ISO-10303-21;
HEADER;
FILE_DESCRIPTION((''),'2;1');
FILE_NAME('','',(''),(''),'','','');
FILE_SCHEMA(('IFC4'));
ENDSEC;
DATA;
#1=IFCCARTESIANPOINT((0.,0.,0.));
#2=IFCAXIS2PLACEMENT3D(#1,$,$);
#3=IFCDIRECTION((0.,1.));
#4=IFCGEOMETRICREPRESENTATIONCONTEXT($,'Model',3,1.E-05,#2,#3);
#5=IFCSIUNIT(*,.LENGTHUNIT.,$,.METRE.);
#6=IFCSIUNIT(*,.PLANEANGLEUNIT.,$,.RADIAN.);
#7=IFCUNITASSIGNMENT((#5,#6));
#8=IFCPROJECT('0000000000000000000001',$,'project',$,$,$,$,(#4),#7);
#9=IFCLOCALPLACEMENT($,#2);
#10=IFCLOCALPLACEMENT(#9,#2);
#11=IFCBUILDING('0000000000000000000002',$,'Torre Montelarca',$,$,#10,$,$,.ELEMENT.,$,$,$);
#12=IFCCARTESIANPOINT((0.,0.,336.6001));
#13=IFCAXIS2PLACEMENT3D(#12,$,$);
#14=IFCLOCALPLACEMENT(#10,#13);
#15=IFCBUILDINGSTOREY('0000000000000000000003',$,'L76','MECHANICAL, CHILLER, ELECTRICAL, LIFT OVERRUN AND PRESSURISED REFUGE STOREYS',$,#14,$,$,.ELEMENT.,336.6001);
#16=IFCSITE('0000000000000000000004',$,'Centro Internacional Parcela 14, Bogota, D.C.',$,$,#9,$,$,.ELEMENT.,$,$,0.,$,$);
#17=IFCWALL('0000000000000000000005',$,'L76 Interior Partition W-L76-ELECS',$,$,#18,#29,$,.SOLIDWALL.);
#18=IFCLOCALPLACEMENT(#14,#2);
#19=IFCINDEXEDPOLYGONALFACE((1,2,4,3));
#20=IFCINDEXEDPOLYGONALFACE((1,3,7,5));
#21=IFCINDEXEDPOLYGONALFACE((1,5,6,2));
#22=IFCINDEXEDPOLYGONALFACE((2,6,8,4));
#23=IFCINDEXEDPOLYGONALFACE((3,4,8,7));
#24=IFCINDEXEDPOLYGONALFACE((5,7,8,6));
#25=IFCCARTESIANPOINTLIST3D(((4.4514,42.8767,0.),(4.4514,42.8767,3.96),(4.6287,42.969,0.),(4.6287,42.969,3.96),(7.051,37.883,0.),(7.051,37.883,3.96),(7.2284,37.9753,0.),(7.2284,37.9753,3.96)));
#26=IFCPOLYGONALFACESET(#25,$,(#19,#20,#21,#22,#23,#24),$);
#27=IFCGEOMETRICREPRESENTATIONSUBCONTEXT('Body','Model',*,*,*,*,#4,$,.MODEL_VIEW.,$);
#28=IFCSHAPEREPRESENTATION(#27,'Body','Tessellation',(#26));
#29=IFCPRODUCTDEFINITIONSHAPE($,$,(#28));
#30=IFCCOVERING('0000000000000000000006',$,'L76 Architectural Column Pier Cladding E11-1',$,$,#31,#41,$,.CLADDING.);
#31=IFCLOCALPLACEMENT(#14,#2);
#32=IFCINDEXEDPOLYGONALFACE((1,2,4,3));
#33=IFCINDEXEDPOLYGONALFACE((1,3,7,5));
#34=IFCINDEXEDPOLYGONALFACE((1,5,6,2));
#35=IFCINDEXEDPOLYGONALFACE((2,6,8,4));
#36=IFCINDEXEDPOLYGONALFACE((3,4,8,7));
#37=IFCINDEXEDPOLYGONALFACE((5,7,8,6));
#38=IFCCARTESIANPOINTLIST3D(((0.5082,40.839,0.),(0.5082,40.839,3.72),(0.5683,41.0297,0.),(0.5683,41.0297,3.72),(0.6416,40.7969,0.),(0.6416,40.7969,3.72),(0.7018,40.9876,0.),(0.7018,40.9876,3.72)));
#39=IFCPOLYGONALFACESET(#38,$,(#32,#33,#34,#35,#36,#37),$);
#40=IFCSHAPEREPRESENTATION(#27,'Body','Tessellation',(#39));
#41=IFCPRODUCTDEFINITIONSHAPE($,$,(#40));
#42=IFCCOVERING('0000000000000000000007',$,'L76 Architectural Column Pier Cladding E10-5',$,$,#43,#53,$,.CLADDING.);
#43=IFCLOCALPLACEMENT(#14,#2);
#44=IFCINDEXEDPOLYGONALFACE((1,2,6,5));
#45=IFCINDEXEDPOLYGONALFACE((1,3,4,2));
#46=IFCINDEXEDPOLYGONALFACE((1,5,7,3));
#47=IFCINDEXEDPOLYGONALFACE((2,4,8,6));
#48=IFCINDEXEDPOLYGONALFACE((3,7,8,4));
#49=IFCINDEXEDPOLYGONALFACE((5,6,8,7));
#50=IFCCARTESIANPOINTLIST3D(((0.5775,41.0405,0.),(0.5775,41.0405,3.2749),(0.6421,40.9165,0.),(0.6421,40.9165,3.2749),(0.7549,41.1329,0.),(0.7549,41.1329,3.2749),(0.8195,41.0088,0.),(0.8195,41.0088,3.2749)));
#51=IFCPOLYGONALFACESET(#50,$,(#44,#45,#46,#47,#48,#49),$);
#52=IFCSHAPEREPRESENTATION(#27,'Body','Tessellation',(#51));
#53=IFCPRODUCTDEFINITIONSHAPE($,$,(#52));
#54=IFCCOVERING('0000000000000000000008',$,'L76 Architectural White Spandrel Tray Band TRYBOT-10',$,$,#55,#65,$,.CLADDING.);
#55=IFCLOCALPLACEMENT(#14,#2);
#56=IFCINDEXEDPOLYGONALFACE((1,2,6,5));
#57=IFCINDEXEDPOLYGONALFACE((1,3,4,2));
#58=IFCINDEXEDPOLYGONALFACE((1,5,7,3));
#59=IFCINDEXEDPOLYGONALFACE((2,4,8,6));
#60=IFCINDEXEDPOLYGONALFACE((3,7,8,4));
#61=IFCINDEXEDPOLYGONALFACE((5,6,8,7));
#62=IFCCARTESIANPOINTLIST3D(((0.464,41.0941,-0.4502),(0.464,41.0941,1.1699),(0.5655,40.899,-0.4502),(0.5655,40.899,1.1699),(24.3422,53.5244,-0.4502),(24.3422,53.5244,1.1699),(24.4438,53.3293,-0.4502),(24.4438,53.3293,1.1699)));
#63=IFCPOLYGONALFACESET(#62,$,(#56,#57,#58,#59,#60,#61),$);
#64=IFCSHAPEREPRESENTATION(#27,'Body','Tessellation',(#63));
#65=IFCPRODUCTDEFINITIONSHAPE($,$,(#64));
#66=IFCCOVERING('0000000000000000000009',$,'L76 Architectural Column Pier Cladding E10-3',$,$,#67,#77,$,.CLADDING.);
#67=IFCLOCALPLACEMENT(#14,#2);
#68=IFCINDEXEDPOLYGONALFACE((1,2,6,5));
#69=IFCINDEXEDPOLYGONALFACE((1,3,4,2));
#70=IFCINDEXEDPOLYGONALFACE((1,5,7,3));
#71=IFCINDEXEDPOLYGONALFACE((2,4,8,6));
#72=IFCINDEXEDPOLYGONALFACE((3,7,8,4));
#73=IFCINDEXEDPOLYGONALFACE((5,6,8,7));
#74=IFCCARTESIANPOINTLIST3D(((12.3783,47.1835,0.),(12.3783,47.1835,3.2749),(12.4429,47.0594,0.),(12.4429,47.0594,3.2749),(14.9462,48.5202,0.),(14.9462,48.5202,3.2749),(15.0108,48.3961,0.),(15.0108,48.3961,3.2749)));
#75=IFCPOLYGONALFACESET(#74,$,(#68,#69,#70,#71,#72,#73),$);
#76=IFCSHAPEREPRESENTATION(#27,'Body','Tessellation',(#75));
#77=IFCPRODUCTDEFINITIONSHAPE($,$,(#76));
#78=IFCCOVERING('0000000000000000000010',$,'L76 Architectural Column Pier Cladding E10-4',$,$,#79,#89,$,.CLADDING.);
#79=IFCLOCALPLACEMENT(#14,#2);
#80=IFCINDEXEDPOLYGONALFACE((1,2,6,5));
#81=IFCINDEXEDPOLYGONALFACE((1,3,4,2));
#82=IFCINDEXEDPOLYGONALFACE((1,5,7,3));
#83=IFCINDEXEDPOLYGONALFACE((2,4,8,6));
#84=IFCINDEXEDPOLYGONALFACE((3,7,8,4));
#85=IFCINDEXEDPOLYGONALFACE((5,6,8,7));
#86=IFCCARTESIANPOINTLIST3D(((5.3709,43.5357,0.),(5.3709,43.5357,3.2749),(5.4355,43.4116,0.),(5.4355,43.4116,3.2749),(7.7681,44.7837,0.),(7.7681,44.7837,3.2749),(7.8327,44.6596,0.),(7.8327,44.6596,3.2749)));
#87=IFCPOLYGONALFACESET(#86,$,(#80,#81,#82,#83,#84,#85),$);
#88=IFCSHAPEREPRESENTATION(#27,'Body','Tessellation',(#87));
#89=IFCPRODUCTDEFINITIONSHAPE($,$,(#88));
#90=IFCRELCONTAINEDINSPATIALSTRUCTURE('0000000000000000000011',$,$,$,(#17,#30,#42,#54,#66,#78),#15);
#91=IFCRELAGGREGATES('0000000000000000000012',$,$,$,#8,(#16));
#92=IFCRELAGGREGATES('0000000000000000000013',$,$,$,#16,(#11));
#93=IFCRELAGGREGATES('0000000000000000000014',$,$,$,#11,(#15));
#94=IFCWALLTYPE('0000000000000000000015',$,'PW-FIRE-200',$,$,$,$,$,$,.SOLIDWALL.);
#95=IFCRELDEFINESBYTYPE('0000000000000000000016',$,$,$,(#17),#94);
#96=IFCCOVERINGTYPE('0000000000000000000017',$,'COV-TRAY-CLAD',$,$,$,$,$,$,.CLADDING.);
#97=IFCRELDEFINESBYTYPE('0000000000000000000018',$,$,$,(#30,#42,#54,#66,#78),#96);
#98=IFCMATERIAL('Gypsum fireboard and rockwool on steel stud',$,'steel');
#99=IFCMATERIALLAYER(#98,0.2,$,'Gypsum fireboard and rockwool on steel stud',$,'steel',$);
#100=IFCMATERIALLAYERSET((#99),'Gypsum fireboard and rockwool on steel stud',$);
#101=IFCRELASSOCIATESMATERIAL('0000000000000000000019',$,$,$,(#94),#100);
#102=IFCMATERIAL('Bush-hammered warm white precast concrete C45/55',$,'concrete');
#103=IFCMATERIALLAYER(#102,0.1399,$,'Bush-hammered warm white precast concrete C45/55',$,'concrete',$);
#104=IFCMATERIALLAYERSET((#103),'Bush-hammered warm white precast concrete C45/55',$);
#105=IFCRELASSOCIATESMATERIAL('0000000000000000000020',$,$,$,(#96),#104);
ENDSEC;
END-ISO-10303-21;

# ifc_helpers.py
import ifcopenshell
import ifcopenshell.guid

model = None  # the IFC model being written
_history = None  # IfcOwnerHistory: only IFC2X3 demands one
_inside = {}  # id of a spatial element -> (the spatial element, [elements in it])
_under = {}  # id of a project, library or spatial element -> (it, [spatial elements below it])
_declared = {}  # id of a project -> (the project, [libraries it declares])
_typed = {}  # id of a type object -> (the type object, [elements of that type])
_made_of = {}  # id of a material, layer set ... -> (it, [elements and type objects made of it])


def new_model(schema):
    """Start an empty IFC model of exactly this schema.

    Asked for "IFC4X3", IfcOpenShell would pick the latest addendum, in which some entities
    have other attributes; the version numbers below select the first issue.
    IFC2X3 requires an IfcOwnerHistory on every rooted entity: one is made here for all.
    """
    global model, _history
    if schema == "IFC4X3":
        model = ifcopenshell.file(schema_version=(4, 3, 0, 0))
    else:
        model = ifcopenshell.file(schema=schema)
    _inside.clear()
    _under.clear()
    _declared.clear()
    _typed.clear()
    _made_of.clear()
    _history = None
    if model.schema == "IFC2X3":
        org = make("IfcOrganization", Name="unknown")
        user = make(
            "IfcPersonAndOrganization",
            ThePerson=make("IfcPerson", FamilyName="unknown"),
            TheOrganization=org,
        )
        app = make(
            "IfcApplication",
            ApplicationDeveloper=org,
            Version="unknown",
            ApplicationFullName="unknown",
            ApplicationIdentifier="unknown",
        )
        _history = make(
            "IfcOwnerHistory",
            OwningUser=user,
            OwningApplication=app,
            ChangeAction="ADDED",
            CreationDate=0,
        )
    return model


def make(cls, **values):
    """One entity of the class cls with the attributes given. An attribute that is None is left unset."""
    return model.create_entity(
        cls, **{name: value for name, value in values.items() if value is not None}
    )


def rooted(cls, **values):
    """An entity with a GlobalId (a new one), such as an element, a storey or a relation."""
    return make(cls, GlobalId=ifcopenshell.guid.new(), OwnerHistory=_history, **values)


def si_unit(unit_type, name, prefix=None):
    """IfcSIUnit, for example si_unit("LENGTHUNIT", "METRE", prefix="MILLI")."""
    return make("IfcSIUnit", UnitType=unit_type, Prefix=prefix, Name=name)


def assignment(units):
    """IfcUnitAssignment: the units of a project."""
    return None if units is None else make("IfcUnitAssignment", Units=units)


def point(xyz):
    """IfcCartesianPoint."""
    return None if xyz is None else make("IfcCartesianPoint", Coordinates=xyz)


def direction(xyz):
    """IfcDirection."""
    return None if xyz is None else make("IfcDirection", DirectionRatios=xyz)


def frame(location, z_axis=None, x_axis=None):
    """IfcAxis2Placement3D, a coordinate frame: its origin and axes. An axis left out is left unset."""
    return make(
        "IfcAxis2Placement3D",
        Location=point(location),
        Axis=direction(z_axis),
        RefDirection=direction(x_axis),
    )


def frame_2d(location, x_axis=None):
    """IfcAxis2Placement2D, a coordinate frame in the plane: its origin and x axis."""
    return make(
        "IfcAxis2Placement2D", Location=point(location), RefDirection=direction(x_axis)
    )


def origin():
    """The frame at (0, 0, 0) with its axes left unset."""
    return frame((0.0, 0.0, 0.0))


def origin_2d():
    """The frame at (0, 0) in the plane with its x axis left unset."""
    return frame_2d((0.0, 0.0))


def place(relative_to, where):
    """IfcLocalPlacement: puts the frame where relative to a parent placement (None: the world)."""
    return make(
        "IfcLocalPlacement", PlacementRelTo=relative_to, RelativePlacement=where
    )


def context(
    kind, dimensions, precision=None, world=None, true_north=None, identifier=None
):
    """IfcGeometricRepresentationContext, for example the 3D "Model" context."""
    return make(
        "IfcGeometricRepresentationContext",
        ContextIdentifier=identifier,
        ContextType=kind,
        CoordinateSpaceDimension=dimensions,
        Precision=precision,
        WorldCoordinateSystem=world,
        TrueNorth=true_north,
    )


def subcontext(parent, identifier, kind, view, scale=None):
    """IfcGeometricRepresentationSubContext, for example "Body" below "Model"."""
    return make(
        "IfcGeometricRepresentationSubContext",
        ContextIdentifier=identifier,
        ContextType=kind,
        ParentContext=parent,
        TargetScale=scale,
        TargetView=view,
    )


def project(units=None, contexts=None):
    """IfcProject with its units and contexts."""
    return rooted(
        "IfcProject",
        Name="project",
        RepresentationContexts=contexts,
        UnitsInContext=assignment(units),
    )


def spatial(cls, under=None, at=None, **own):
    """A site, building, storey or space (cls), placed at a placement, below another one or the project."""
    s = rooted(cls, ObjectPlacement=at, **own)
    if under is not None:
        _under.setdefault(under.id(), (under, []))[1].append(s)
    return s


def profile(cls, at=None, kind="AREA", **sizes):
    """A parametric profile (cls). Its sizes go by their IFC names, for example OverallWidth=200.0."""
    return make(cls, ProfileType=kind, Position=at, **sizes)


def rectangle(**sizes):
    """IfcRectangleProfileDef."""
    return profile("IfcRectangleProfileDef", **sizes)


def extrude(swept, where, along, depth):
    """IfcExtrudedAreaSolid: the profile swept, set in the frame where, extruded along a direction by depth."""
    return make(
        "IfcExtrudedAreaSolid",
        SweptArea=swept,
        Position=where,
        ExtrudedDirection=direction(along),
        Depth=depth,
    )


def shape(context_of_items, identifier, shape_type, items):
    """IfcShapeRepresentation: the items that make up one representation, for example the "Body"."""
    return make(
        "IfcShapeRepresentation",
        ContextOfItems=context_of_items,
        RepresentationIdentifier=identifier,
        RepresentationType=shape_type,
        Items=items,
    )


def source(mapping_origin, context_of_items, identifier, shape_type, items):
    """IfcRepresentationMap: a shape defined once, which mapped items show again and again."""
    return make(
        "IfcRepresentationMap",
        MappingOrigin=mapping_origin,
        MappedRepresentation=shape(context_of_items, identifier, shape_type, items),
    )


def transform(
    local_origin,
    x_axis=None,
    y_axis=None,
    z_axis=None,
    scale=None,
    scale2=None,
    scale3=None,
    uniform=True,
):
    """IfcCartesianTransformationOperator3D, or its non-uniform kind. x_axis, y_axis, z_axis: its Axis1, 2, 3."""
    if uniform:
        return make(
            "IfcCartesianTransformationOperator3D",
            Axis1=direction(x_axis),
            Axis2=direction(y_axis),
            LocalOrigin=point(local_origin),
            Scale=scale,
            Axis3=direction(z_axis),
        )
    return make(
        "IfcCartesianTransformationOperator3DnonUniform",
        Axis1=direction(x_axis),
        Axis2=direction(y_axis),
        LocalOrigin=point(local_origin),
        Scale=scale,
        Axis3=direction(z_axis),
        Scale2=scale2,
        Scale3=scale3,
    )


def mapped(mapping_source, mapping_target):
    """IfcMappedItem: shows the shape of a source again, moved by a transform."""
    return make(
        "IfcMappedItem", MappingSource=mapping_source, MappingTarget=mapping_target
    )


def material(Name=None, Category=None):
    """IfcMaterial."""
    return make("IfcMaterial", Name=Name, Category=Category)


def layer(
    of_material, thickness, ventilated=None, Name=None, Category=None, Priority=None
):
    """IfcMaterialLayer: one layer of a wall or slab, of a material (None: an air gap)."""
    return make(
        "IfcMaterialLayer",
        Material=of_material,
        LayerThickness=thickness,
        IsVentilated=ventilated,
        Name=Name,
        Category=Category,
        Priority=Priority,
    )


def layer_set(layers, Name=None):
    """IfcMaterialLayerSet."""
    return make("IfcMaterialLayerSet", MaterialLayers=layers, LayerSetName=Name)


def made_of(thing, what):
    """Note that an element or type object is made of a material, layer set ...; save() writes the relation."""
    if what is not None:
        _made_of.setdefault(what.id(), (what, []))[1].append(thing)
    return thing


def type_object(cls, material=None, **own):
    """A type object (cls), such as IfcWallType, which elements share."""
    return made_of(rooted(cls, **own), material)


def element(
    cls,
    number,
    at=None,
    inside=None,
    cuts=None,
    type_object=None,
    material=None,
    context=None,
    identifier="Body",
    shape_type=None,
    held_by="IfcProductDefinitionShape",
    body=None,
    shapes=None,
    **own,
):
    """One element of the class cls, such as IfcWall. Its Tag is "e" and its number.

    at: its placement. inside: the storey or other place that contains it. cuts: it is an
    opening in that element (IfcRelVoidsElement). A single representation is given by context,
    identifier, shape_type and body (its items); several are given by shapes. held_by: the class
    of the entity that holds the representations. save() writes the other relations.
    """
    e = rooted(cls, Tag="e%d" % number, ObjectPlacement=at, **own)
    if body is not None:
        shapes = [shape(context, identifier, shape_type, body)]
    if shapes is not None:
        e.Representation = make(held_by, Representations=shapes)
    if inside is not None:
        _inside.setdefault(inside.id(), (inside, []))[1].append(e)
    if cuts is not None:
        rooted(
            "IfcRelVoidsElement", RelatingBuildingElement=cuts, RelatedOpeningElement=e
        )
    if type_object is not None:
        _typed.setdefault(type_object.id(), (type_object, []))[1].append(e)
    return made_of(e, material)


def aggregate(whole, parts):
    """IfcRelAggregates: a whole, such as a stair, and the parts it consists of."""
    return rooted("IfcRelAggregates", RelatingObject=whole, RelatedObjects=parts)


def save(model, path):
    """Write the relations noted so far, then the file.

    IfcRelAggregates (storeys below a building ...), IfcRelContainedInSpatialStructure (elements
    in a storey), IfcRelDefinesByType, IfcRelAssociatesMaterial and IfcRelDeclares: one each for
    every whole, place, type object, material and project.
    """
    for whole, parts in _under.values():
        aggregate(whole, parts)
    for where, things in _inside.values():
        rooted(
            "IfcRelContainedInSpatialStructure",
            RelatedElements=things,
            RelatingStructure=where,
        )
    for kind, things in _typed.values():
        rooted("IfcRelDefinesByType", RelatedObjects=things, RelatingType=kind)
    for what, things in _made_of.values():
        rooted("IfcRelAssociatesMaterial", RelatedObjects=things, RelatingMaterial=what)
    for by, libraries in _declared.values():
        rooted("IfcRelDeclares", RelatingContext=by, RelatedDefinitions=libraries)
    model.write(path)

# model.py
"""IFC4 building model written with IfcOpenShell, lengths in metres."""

from ifc_helpers import new_model, si_unit, direction, frame, frame_2d, origin, origin_2d, place, context, subcontext, project, spatial, rectangle, extrude, source, transform, mapped, material, layer, layer_set, type_object, element, save


model = new_model("IFC4")

# Units and contexts
model_context = context("Model", 3, precision=1e-05, world=origin(), true_north=direction((0.0, 1.0)))
body_context = subcontext(model_context, "Body", "Model", "MODEL_VIEW")
ifc_project = project(units=[si_unit("LENGTHUNIT", "METRE"), si_unit("PLANEANGLEUNIT", "RADIAN")], contexts=[model_context])

# Site, building, storey
site_placement = place(None, origin())
site = spatial("IfcSite", under=ifc_project, at=site_placement, Name="Centro Internacional Parcela 14, Bogota, D.C.", CompositionType="ELEMENT", RefElevation=0.0)
building_placement = place(site_placement, origin())
building = spatial("IfcBuilding", under=site, at=building_placement, Name="Torre Montelarca", CompositionType="ELEMENT")
storey_placement = place(building_placement, frame((0.0, 0.0, 336.6001)))
storey = spatial("IfcBuildingStorey", under=building, at=storey_placement, Name="L76", Description="MECHANICAL, CHILLER, ELECTRICAL, LIFT OVERRUN AND PRESSURISED REFUGE STOREYS", CompositionType="ELEMENT", Elevation=336.6001)

# Wall
ifc_material_1 = material(Name="Gypsum fireboard and rockwool on steel stud", Category="steel")
ifc_layer_1 = layer(ifc_material_1, 0.2, Name="Gypsum fireboard and rockwool on steel stud", Category="steel")
ifc_layer_set_1 = layer_set([ifc_layer_1], Name="Gypsum fireboard and rockwool on steel stud")
wall_type = type_object("IfcWallType", Name="PW-FIRE-200", PredefinedType="SOLIDWALL", material=ifc_layer_set_1)
wall_placement = place(storey_placement, frame((4.54, 42.9229, 0.0), z_axis=(0.0, 0.0, 1.0), x_axis=(0.46176, -0.887005, 0.0)))
element("IfcWall", 1, at=wall_placement, inside=storey, type_object=wall_type, Name="L76 Interior Partition W-L76-ELECS", PredefinedType="SOLIDWALL", context=body_context, shape_type="SweptSolid", body=[
    extrude(rectangle(XDim=5.6299, YDim=0.2, at=frame_2d((2.8149, 0.0))), origin(), (0.0, 0.0, 1.0), 3.96),
])

# Coverings
ifc_material_2 = material(Name="Bush-hammered warm white precast concrete C45/55", Category="concrete")
ifc_layer_2 = layer(ifc_material_2, 0.1399, Name="Bush-hammered warm white precast concrete C45/55", Category="concrete")
ifc_layer_set_2 = layer_set([ifc_layer_2], Name="Bush-hammered warm white precast concrete C45/55")
covering_type = type_object("IfcCoveringType", Name="COV-TRAY-CLAD", PredefinedType="CLADDING", material=ifc_layer_set_2)
shared_shape_1 = source(origin(), body_context, "Body", "SweptSolid", [
    extrude(rectangle(XDim=0.2, YDim=0.1399, at=origin_2d()), origin(), (0.0, 0.0, 1.0), 3.72),
])
covering_1_placement = place(storey_placement, frame((0.605, 40.9133, 0.0), z_axis=(0.0, 0.0, 1.0), x_axis=(-0.300701, -0.953719, 0.0)))
element("IfcCovering", 2, at=covering_1_placement, inside=storey, type_object=covering_type, Name="L76 Architectural Column Pier Cladding E11-1", PredefinedType="CLADDING", context=body_context, shape_type="MappedRepresentation", body=[
    mapped(shared_shape_1, transform((0.0, 0.0, 0.0), scale=1.0)),
])
shared_shape_2 = source(origin(), body_context, "Body", "SweptSolid", [
    extrude(rectangle(XDim=0.2, YDim=0.1399, at=origin_2d()), origin(), (0.0, 0.0, 1.0), 3.2749),
])
covering_2_placement = place(storey_placement, frame((0.6985, 41.0247, 0.0), z_axis=(0.0, 0.0, 1.0), x_axis=(-0.887011, -0.461749, 0.0)))
element("IfcCovering", 3, at=covering_2_placement, inside=storey, type_object=covering_type, Name="L76 Architectural Column Pier Cladding E10-5", PredefinedType="CLADDING", context=body_context, shape_type="MappedRepresentation", body=[
    mapped(shared_shape_2, transform((0.0, 0.0, 0.0), scale=1.0)),
])
shared_shape_3 = source(origin(), body_context, "Body", "SweptSolid", [
    extrude(rectangle(XDim=26.9199, YDim=0.22, at=origin_2d()), origin(), (0.0, 0.0, 1.0), 1.6201),
])
covering_3_placement = place(storey_placement, frame((12.4539, 47.2117, -0.4502), z_axis=(0.0, 0.0, 1.0), x_axis=(-0.88701, -0.46175, 0.0)))
element("IfcCovering", 4, at=covering_3_placement, inside=storey, type_object=covering_type, Name="L76 Architectural White Spandrel Tray Band TRYBOT-10", PredefinedType="CLADDING", context=body_context, shape_type="MappedRepresentation", body=[
    mapped(shared_shape_3, transform((0.0, 0.0, 0.0), scale=1.0)),
])
shared_shape_4 = source(origin(), body_context, "Body", "SweptSolid", [
    extrude(rectangle(XDim=2.895, YDim=0.1399, at=origin_2d()), origin(), (0.0, 0.0, 1.0), 3.2749),
])
covering_4_placement = place(storey_placement, frame((13.6946, 47.7898, 0.0), z_axis=(0.0, 0.0, 1.0), x_axis=(-0.887011, -0.461749, 0.0)))
element("IfcCovering", 5, at=covering_4_placement, inside=storey, type_object=covering_type, Name="L76 Architectural Column Pier Cladding E10-3", PredefinedType="CLADDING", context=body_context, shape_type="MappedRepresentation", body=[
    mapped(shared_shape_4, transform((0.0, 0.0, 0.0), scale=1.0)),
])
shared_shape_5 = source(origin(), body_context, "Body", "SweptSolid", [
    extrude(rectangle(XDim=2.7026, YDim=0.1399, at=origin_2d()), origin(), (0.0, 0.0, 1.0), 3.2749),
])
covering_5_placement = place(storey_placement, frame((6.6018, 44.0977, 0.0), z_axis=(0.0, 0.0, 1.0), x_axis=(-0.887011, -0.461749, 0.0)))
element("IfcCovering", 6, at=covering_5_placement, inside=storey, type_object=covering_type, Name="L76 Architectural Column Pier Cladding E10-4", PredefinedType="CLADDING", context=body_context, shape_type="MappedRepresentation", body=[
    mapped(shared_shape_5, transform((0.0, 0.0, 0.0), scale=1.0)),
])

save(model, "model.ifc")
